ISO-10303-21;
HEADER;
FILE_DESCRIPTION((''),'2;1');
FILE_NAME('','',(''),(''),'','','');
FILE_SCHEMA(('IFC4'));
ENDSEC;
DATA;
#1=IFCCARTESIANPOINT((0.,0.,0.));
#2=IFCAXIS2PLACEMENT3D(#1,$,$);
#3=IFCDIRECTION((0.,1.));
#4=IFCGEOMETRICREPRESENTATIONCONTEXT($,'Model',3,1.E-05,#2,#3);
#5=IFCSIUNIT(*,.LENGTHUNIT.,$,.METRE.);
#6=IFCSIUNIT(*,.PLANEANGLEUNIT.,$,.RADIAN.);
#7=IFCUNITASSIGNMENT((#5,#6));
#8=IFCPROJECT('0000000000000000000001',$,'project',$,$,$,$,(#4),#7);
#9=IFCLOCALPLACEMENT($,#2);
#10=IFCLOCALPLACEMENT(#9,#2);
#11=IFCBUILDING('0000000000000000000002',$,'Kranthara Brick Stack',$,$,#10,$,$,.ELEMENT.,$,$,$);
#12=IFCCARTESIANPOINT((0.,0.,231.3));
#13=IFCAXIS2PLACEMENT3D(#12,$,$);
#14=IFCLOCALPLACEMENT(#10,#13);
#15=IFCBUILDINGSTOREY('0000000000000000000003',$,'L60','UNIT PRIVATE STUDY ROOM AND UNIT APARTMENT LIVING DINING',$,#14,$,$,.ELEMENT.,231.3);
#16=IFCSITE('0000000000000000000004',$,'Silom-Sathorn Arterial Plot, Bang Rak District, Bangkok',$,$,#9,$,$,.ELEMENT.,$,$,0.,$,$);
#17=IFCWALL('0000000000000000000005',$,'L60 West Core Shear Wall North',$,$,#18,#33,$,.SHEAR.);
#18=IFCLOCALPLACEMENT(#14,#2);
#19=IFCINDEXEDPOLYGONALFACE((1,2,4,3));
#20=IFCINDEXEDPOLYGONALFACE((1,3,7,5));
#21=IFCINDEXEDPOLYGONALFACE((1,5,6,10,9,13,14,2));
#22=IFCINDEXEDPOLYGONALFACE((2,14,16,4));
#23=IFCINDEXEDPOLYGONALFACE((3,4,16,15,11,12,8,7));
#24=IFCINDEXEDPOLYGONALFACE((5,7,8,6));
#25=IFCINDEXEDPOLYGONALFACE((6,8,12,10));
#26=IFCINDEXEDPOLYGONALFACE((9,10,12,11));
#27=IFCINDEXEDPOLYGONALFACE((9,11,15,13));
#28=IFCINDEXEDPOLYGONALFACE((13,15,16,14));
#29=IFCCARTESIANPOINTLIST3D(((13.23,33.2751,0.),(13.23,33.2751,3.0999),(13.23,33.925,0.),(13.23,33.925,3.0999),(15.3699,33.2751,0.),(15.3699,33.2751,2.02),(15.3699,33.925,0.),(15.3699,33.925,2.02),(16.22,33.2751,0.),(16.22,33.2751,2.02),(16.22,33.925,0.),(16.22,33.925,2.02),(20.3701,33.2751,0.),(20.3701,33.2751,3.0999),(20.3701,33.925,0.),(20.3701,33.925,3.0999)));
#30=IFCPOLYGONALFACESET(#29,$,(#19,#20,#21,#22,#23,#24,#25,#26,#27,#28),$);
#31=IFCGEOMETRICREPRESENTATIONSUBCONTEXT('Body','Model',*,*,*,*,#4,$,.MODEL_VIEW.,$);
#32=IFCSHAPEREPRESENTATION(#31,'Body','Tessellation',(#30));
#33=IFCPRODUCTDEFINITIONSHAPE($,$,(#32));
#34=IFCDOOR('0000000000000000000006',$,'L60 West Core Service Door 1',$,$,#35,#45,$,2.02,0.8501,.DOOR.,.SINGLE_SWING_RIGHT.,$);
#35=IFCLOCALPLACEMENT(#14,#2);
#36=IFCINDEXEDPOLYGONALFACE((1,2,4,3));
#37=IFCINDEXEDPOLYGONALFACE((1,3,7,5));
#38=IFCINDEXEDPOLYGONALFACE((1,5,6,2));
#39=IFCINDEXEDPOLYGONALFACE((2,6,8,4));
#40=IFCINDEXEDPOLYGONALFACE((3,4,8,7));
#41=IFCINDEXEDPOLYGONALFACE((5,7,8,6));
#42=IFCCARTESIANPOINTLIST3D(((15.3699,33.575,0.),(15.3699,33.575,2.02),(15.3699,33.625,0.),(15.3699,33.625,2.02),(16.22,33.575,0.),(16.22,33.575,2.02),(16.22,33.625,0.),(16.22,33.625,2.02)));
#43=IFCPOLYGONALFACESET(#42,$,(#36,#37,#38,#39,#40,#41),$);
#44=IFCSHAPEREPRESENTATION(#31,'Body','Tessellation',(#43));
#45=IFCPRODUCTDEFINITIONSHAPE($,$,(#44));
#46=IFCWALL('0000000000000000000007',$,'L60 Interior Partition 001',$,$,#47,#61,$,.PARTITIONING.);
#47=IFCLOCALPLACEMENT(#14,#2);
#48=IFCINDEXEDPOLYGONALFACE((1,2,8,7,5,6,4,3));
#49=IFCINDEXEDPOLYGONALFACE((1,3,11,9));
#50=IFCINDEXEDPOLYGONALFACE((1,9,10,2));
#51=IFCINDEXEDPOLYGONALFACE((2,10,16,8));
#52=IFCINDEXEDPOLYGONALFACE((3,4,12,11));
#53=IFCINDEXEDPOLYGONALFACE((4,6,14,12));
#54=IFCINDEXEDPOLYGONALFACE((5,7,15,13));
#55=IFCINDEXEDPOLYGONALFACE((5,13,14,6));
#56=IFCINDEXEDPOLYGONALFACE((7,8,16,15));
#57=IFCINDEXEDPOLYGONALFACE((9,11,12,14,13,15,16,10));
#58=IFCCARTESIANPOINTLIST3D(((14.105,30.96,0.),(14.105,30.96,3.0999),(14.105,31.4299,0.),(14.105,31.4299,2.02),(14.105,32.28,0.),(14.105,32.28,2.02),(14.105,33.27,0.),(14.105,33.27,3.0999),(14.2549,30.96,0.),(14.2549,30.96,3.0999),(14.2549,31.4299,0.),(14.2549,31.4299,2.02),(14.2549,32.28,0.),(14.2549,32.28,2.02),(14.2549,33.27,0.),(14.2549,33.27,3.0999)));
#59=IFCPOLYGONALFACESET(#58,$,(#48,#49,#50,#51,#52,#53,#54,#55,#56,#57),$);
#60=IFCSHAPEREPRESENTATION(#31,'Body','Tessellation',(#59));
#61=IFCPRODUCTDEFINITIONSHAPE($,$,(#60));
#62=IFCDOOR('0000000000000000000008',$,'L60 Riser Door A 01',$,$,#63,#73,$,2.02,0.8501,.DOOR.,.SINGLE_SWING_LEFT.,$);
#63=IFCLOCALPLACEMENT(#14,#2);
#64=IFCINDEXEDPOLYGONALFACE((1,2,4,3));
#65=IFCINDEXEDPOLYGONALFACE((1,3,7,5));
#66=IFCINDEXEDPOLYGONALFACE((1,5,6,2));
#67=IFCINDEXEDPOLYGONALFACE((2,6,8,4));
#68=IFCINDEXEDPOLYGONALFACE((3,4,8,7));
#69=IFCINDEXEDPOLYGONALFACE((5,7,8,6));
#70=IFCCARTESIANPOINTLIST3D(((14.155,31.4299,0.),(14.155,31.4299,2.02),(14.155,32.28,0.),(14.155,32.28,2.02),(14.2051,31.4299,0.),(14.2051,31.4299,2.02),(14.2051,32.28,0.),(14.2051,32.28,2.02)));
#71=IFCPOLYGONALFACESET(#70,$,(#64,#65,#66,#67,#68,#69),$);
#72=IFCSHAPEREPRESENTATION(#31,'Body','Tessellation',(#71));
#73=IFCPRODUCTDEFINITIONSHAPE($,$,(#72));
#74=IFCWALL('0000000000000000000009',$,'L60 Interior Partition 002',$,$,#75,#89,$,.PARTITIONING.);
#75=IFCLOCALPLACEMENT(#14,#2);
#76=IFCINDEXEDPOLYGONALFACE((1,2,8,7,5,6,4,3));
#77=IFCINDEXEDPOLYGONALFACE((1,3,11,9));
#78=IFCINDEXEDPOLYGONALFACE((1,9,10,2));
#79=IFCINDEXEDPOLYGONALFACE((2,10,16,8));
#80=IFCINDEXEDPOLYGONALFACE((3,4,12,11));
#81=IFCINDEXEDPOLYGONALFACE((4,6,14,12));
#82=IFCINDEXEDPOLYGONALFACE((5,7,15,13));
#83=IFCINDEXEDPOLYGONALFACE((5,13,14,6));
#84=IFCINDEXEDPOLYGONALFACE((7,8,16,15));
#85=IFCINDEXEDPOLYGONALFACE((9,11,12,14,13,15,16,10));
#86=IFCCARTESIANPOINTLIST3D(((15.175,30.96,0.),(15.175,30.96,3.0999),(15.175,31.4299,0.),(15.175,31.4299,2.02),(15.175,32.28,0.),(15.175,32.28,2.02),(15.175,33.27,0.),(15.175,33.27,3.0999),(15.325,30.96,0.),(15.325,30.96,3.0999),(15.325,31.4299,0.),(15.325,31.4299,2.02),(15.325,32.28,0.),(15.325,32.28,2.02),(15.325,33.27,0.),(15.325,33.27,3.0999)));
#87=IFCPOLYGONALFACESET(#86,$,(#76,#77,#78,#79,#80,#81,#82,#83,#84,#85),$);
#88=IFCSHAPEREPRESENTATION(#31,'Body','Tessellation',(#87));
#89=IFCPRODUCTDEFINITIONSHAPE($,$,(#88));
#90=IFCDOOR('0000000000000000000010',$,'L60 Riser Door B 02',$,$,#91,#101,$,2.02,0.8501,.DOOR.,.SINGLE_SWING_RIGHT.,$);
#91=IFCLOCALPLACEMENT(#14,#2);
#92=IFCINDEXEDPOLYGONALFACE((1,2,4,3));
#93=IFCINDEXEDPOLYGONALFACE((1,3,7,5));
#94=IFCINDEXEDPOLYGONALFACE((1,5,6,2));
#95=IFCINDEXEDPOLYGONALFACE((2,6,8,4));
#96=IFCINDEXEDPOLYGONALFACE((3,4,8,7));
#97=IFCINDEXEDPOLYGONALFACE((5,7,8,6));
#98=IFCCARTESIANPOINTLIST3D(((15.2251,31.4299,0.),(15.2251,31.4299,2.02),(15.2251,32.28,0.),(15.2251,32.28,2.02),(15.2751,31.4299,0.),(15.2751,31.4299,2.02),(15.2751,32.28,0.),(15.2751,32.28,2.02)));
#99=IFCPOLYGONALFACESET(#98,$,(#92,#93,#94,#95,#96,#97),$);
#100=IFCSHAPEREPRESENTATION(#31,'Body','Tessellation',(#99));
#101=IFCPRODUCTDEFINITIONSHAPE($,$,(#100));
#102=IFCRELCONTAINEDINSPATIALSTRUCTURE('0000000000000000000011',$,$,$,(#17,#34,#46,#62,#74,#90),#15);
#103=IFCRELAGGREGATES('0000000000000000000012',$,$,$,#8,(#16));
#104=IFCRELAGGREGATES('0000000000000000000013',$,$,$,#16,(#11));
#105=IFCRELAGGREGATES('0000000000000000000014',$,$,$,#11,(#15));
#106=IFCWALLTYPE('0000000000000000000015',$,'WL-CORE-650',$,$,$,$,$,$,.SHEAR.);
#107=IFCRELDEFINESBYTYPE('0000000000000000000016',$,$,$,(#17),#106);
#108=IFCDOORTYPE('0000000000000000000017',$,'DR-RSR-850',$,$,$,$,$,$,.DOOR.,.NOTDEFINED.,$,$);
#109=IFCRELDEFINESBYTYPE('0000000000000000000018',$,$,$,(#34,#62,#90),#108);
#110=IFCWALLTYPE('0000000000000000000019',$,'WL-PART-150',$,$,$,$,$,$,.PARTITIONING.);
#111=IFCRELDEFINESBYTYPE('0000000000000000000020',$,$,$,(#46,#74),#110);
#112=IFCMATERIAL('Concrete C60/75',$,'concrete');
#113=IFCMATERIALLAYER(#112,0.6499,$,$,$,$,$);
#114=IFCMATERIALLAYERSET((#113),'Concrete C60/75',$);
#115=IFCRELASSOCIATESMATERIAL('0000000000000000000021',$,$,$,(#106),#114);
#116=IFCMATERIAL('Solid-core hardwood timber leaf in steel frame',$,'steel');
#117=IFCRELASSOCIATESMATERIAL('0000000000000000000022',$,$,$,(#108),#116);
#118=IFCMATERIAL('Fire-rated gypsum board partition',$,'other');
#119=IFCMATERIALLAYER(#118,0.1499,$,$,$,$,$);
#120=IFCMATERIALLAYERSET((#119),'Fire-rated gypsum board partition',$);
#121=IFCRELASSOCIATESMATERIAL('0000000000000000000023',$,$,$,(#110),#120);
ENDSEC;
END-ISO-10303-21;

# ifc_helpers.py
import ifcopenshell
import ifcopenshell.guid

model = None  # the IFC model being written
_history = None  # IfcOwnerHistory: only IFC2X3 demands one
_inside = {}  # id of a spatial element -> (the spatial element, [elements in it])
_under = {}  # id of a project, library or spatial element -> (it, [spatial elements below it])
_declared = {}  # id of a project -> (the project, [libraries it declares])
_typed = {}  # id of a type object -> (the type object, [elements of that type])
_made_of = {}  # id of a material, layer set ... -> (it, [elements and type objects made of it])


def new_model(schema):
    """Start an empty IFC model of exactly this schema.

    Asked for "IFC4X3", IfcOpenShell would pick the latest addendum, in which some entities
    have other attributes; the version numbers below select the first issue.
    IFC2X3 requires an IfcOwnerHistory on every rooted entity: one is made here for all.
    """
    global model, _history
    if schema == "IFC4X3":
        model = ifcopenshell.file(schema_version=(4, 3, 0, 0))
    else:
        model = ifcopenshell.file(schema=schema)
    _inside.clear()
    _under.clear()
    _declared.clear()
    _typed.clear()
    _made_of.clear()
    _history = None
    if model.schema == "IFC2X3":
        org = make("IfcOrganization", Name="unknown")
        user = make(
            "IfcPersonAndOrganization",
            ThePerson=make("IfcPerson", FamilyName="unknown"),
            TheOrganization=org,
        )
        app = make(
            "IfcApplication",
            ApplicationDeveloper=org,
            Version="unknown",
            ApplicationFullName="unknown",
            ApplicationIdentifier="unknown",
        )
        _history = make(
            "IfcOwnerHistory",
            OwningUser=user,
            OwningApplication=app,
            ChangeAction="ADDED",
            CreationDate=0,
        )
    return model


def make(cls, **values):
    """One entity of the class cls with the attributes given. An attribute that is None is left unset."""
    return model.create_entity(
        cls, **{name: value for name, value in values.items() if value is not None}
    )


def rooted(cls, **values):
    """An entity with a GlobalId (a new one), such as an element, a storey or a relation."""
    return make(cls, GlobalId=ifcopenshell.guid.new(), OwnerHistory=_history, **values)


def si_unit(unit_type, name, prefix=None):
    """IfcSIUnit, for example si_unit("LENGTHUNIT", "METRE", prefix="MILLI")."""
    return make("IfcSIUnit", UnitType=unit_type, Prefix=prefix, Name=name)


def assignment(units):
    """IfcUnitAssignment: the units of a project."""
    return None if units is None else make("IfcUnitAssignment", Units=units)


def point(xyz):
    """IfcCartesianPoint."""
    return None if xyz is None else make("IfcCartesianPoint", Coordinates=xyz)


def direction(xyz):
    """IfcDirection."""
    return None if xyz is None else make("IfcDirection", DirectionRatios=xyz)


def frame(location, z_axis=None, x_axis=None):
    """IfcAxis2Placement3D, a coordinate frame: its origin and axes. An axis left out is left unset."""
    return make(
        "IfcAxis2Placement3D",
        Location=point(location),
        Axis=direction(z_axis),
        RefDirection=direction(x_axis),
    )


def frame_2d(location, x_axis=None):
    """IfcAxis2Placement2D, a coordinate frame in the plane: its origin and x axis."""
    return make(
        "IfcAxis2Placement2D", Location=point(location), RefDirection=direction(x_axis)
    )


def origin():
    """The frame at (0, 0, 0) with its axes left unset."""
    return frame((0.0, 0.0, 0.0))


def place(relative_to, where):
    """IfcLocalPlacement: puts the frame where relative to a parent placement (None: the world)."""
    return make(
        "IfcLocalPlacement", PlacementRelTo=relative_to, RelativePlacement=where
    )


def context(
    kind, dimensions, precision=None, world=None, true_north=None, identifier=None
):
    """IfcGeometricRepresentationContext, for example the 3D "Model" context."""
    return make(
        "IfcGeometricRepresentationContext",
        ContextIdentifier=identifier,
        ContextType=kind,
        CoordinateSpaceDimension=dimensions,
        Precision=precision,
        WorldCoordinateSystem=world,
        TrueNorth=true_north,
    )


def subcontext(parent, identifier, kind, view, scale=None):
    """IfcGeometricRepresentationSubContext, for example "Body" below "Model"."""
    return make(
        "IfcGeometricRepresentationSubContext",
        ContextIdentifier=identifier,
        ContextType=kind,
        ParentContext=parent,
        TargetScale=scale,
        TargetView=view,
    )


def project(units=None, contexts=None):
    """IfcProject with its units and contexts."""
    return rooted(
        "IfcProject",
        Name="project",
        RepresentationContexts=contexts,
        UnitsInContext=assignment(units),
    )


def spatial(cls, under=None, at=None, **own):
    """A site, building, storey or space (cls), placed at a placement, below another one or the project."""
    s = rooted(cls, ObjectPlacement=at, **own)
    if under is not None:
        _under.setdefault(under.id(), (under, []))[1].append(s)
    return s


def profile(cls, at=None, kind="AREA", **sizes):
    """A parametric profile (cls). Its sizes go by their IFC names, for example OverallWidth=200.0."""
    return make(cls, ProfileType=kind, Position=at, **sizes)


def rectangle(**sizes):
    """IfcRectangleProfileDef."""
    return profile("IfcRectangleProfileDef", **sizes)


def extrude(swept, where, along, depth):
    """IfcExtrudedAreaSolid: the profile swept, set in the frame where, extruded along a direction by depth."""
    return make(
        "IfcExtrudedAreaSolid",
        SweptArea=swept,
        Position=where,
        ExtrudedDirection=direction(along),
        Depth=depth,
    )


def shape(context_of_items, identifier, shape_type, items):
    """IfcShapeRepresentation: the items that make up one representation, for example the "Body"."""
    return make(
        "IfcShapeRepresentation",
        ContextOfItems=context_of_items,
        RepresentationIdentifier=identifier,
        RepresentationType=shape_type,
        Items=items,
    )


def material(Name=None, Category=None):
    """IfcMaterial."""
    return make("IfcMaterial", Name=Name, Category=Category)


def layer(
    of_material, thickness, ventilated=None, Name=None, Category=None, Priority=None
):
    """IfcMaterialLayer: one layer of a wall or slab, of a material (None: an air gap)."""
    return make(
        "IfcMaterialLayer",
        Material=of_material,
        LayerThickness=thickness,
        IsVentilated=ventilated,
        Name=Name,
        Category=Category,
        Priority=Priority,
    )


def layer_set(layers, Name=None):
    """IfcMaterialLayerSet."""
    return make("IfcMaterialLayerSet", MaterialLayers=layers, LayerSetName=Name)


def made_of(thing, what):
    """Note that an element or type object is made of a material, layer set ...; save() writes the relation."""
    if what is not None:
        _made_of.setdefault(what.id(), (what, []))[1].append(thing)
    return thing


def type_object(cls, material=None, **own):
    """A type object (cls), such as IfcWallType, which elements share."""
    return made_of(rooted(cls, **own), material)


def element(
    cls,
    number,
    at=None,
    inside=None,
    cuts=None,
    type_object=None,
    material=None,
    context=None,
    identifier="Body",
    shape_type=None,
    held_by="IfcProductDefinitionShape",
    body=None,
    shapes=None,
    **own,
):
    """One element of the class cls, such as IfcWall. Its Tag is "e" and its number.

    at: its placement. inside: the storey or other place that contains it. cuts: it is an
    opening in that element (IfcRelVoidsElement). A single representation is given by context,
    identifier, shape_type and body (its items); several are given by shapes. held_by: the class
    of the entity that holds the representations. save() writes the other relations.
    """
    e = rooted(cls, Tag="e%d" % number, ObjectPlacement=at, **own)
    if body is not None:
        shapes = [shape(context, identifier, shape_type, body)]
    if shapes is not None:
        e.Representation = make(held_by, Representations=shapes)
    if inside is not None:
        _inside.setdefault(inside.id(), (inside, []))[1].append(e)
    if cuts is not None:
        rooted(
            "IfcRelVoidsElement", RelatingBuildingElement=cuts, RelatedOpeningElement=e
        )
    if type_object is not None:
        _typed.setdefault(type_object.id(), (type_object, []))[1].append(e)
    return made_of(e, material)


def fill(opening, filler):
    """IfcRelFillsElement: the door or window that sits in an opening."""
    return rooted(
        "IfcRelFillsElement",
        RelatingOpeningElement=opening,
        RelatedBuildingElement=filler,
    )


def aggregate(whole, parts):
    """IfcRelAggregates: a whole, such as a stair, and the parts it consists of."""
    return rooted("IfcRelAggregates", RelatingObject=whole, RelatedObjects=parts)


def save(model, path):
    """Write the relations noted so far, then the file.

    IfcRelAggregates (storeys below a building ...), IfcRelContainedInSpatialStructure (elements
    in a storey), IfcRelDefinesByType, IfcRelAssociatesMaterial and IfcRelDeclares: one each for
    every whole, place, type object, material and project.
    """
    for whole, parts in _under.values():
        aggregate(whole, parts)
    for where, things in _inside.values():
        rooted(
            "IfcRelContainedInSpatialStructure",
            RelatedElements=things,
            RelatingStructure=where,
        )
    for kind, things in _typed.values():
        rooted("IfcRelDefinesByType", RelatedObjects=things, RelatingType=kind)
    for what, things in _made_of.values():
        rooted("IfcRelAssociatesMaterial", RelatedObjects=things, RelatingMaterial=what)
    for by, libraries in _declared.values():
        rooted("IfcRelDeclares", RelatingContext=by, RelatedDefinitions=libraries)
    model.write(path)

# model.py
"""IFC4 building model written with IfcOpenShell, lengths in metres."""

from ifc_helpers import new_model, si_unit, direction, frame, frame_2d, origin, place, context, subcontext, project, spatial, rectangle, extrude, material, layer, layer_set, type_object, element, fill, save


model = new_model("IFC4")

# Units and contexts
model_context = context("Model", 3, precision=1e-05, world=origin(), true_north=direction((0.0, 1.0)))
body_context = subcontext(model_context, "Body", "Model", "MODEL_VIEW")
ifc_project = project(units=[si_unit("LENGTHUNIT", "METRE"), si_unit("PLANEANGLEUNIT", "RADIAN")], contexts=[model_context])

# Site, building, storey
site_placement = place(None, origin())
site = spatial("IfcSite", under=ifc_project, at=site_placement, Name="Silom-Sathorn Arterial Plot, Bang Rak District, Bangkok", CompositionType="ELEMENT", RefElevation=0.0)
building_placement = place(site_placement, origin())
building = spatial("IfcBuilding", under=site, at=building_placement, Name="Kranthara Brick Stack", CompositionType="ELEMENT")
storey_placement = place(building_placement, frame((0.0, 0.0, 231.3)))
storey = spatial("IfcBuildingStorey", under=building, at=storey_placement, Name="L60", Description="UNIT PRIVATE STUDY ROOM AND UNIT APARTMENT LIVING DINING", CompositionType="ELEMENT", Elevation=231.3)

# Walls, openings, doors
ifc_material_1 = material(Name="Concrete C60/75", Category="concrete")
ifc_layer_1 = layer(ifc_material_1, 0.6499)
ifc_layer_set_1 = layer_set([ifc_layer_1], Name="Concrete C60/75")
wall_type_1 = type_object("IfcWallType", Name="WL-CORE-650", PredefinedType="SHEAR", material=ifc_layer_set_1)
wall_1_placement = place(storey_placement, frame((13.23, 33.6001, 0.0), z_axis=(0.0, 0.0, 1.0), x_axis=(1.0, 0.0, 0.0)))
wall_1 = element("IfcWall", 1, at=wall_1_placement, inside=storey, type_object=wall_type_1, Name="L60 West Core Shear Wall North", PredefinedType="SHEAR", context=body_context, shape_type="SweptSolid", body=[
    extrude(rectangle(XDim=7.1401, YDim=0.6499, at=frame_2d((3.5701, 0.0))), origin(), (0.0, 0.0, 1.0), 3.0999),
])
opening_1_placement = place(wall_1_placement, frame((2.1399, 0.0, 0.0)))
opening_1 = element("IfcOpeningElement", 2, at=opening_1_placement, cuts=wall_1, PredefinedType="OPENING", context=body_context, shape_type="SweptSolid", body=[
    extrude(rectangle(XDim=0.8501, YDim=2.02, at=frame_2d((0.425, 1.01))), frame((0.0, 0.335, 0.0), z_axis=(0.0, -1.0, 0.0), x_axis=(1.0, 0.0, 0.0)), (0.0, 0.0, 1.0), 0.6699),
])
ifc_material_2 = material(Name="Solid-core hardwood timber leaf in steel frame", Category="steel")
door_type_1 = type_object("IfcDoorType", Name="DR-RSR-850", OperationType="NOTDEFINED", PredefinedType="DOOR", material=ifc_material_2)
door_1_placement = place(opening_1_placement, origin())
door_1 = element("IfcDoor", 3, at=door_1_placement, inside=storey, type_object=door_type_1, Name="L60 West Core Service Door 1", OperationType="SINGLE_SWING_RIGHT", OverallHeight=2.02, OverallWidth=0.8501, PredefinedType="DOOR", context=body_context, shape_type="SweptSolid", body=[
    extrude(rectangle(XDim=0.8501, YDim=2.02, at=frame_2d((0.425, 1.01))), frame((0.0, 0.0249, 0.0), z_axis=(0.0, -1.0, 0.0), x_axis=(1.0, 0.0, 0.0)), (0.0, 0.0, 1.0), 0.05),
])
fill(opening_1, door_1)
ifc_material_3 = material(Name="Fire-rated gypsum board partition", Category="other")
ifc_layer_2 = layer(ifc_material_3, 0.1499)
ifc_layer_set_2 = layer_set([ifc_layer_2], Name="Fire-rated gypsum board partition")
wall_type_2 = type_object("IfcWallType", Name="WL-PART-150", PredefinedType="PARTITIONING", material=ifc_layer_set_2)
wall_2_placement = place(storey_placement, frame((14.1799, 30.96, 0.0), z_axis=(0.0, 0.0, 1.0), x_axis=(0.0, 1.0, 0.0)))
wall_2 = element("IfcWall", 4, at=wall_2_placement, inside=storey, type_object=wall_type_2, Name="L60 Interior Partition 001", PredefinedType="PARTITIONING", context=body_context, shape_type="SweptSolid", body=[
    extrude(rectangle(XDim=2.3101, YDim=0.1499, at=frame_2d((1.155, 0.0))), origin(), (0.0, 0.0, 1.0), 3.0999),
])
opening_2_placement = place(wall_2_placement, frame((0.47, 0.0, 0.0)))
opening_2 = element("IfcOpeningElement", 5, at=opening_2_placement, cuts=wall_2, PredefinedType="OPENING", context=body_context, shape_type="SweptSolid", body=[
    extrude(rectangle(XDim=0.8501, YDim=2.02, at=frame_2d((0.425, 1.01))), frame((0.0, 0.085, 0.0), z_axis=(0.0, -1.0, 0.0), x_axis=(1.0, 0.0, 0.0)), (0.0, 0.0, 1.0), 0.1699),
])
door_2_placement = place(opening_2_placement, origin())
door_2 = element("IfcDoor", 6, at=door_2_placement, inside=storey, type_object=door_type_1, Name="L60 Riser Door A 01", OperationType="SINGLE_SWING_LEFT", OverallHeight=2.02, OverallWidth=0.8501, PredefinedType="DOOR", context=body_context, shape_type="SweptSolid", body=[
    extrude(rectangle(XDim=0.8501, YDim=2.02, at=frame_2d((0.425, 1.01))), frame((0.0, 0.0249, 0.0), z_axis=(0.0, -1.0, 0.0), x_axis=(1.0, 0.0, 0.0)), (0.0, 0.0, 1.0), 0.05),
])
fill(opening_2, door_2)
wall_3_placement = place(storey_placement, frame((15.25, 30.96, 0.0), z_axis=(0.0, 0.0, 1.0), x_axis=(0.0, 1.0, 0.0)))
wall_3 = element("IfcWall", 7, at=wall_3_placement, inside=storey, type_object=wall_type_2, Name="L60 Interior Partition 002", PredefinedType="PARTITIONING", context=body_context, shape_type="SweptSolid", body=[
    extrude(rectangle(XDim=2.3101, YDim=0.1499, at=frame_2d((1.155, 0.0))), origin(), (0.0, 0.0, 1.0), 3.0999),
])
opening_3_placement = place(wall_3_placement, frame((0.47, 0.0, 0.0)))
opening_3 = element("IfcOpeningElement", 8, at=opening_3_placement, cuts=wall_3, PredefinedType="OPENING", context=body_context, shape_type="SweptSolid", body=[
    extrude(rectangle(XDim=0.8501, YDim=2.02, at=frame_2d((0.425, 1.01))), frame((0.0, 0.085, 0.0), z_axis=(0.0, -1.0, 0.0), x_axis=(1.0, 0.0, 0.0)), (0.0, 0.0, 1.0), 0.1699),
])
door_3_placement = place(opening_3_placement, origin())
door_3 = element("IfcDoor", 9, at=door_3_placement, inside=storey, type_object=door_type_1, Name="L60 Riser Door B 02", OperationType="SINGLE_SWING_RIGHT", OverallHeight=2.02, OverallWidth=0.8501, PredefinedType="DOOR", context=body_context, shape_type="SweptSolid", body=[
    extrude(rectangle(XDim=0.8501, YDim=2.02, at=frame_2d((0.425, 1.01))), frame((0.0, 0.0249, 0.0), z_axis=(0.0, -1.0, 0.0), x_axis=(1.0, 0.0, 0.0)), (0.0, 0.0, 1.0), 0.05),
])
fill(opening_3, door_3)

save(model, "model.ifc")
